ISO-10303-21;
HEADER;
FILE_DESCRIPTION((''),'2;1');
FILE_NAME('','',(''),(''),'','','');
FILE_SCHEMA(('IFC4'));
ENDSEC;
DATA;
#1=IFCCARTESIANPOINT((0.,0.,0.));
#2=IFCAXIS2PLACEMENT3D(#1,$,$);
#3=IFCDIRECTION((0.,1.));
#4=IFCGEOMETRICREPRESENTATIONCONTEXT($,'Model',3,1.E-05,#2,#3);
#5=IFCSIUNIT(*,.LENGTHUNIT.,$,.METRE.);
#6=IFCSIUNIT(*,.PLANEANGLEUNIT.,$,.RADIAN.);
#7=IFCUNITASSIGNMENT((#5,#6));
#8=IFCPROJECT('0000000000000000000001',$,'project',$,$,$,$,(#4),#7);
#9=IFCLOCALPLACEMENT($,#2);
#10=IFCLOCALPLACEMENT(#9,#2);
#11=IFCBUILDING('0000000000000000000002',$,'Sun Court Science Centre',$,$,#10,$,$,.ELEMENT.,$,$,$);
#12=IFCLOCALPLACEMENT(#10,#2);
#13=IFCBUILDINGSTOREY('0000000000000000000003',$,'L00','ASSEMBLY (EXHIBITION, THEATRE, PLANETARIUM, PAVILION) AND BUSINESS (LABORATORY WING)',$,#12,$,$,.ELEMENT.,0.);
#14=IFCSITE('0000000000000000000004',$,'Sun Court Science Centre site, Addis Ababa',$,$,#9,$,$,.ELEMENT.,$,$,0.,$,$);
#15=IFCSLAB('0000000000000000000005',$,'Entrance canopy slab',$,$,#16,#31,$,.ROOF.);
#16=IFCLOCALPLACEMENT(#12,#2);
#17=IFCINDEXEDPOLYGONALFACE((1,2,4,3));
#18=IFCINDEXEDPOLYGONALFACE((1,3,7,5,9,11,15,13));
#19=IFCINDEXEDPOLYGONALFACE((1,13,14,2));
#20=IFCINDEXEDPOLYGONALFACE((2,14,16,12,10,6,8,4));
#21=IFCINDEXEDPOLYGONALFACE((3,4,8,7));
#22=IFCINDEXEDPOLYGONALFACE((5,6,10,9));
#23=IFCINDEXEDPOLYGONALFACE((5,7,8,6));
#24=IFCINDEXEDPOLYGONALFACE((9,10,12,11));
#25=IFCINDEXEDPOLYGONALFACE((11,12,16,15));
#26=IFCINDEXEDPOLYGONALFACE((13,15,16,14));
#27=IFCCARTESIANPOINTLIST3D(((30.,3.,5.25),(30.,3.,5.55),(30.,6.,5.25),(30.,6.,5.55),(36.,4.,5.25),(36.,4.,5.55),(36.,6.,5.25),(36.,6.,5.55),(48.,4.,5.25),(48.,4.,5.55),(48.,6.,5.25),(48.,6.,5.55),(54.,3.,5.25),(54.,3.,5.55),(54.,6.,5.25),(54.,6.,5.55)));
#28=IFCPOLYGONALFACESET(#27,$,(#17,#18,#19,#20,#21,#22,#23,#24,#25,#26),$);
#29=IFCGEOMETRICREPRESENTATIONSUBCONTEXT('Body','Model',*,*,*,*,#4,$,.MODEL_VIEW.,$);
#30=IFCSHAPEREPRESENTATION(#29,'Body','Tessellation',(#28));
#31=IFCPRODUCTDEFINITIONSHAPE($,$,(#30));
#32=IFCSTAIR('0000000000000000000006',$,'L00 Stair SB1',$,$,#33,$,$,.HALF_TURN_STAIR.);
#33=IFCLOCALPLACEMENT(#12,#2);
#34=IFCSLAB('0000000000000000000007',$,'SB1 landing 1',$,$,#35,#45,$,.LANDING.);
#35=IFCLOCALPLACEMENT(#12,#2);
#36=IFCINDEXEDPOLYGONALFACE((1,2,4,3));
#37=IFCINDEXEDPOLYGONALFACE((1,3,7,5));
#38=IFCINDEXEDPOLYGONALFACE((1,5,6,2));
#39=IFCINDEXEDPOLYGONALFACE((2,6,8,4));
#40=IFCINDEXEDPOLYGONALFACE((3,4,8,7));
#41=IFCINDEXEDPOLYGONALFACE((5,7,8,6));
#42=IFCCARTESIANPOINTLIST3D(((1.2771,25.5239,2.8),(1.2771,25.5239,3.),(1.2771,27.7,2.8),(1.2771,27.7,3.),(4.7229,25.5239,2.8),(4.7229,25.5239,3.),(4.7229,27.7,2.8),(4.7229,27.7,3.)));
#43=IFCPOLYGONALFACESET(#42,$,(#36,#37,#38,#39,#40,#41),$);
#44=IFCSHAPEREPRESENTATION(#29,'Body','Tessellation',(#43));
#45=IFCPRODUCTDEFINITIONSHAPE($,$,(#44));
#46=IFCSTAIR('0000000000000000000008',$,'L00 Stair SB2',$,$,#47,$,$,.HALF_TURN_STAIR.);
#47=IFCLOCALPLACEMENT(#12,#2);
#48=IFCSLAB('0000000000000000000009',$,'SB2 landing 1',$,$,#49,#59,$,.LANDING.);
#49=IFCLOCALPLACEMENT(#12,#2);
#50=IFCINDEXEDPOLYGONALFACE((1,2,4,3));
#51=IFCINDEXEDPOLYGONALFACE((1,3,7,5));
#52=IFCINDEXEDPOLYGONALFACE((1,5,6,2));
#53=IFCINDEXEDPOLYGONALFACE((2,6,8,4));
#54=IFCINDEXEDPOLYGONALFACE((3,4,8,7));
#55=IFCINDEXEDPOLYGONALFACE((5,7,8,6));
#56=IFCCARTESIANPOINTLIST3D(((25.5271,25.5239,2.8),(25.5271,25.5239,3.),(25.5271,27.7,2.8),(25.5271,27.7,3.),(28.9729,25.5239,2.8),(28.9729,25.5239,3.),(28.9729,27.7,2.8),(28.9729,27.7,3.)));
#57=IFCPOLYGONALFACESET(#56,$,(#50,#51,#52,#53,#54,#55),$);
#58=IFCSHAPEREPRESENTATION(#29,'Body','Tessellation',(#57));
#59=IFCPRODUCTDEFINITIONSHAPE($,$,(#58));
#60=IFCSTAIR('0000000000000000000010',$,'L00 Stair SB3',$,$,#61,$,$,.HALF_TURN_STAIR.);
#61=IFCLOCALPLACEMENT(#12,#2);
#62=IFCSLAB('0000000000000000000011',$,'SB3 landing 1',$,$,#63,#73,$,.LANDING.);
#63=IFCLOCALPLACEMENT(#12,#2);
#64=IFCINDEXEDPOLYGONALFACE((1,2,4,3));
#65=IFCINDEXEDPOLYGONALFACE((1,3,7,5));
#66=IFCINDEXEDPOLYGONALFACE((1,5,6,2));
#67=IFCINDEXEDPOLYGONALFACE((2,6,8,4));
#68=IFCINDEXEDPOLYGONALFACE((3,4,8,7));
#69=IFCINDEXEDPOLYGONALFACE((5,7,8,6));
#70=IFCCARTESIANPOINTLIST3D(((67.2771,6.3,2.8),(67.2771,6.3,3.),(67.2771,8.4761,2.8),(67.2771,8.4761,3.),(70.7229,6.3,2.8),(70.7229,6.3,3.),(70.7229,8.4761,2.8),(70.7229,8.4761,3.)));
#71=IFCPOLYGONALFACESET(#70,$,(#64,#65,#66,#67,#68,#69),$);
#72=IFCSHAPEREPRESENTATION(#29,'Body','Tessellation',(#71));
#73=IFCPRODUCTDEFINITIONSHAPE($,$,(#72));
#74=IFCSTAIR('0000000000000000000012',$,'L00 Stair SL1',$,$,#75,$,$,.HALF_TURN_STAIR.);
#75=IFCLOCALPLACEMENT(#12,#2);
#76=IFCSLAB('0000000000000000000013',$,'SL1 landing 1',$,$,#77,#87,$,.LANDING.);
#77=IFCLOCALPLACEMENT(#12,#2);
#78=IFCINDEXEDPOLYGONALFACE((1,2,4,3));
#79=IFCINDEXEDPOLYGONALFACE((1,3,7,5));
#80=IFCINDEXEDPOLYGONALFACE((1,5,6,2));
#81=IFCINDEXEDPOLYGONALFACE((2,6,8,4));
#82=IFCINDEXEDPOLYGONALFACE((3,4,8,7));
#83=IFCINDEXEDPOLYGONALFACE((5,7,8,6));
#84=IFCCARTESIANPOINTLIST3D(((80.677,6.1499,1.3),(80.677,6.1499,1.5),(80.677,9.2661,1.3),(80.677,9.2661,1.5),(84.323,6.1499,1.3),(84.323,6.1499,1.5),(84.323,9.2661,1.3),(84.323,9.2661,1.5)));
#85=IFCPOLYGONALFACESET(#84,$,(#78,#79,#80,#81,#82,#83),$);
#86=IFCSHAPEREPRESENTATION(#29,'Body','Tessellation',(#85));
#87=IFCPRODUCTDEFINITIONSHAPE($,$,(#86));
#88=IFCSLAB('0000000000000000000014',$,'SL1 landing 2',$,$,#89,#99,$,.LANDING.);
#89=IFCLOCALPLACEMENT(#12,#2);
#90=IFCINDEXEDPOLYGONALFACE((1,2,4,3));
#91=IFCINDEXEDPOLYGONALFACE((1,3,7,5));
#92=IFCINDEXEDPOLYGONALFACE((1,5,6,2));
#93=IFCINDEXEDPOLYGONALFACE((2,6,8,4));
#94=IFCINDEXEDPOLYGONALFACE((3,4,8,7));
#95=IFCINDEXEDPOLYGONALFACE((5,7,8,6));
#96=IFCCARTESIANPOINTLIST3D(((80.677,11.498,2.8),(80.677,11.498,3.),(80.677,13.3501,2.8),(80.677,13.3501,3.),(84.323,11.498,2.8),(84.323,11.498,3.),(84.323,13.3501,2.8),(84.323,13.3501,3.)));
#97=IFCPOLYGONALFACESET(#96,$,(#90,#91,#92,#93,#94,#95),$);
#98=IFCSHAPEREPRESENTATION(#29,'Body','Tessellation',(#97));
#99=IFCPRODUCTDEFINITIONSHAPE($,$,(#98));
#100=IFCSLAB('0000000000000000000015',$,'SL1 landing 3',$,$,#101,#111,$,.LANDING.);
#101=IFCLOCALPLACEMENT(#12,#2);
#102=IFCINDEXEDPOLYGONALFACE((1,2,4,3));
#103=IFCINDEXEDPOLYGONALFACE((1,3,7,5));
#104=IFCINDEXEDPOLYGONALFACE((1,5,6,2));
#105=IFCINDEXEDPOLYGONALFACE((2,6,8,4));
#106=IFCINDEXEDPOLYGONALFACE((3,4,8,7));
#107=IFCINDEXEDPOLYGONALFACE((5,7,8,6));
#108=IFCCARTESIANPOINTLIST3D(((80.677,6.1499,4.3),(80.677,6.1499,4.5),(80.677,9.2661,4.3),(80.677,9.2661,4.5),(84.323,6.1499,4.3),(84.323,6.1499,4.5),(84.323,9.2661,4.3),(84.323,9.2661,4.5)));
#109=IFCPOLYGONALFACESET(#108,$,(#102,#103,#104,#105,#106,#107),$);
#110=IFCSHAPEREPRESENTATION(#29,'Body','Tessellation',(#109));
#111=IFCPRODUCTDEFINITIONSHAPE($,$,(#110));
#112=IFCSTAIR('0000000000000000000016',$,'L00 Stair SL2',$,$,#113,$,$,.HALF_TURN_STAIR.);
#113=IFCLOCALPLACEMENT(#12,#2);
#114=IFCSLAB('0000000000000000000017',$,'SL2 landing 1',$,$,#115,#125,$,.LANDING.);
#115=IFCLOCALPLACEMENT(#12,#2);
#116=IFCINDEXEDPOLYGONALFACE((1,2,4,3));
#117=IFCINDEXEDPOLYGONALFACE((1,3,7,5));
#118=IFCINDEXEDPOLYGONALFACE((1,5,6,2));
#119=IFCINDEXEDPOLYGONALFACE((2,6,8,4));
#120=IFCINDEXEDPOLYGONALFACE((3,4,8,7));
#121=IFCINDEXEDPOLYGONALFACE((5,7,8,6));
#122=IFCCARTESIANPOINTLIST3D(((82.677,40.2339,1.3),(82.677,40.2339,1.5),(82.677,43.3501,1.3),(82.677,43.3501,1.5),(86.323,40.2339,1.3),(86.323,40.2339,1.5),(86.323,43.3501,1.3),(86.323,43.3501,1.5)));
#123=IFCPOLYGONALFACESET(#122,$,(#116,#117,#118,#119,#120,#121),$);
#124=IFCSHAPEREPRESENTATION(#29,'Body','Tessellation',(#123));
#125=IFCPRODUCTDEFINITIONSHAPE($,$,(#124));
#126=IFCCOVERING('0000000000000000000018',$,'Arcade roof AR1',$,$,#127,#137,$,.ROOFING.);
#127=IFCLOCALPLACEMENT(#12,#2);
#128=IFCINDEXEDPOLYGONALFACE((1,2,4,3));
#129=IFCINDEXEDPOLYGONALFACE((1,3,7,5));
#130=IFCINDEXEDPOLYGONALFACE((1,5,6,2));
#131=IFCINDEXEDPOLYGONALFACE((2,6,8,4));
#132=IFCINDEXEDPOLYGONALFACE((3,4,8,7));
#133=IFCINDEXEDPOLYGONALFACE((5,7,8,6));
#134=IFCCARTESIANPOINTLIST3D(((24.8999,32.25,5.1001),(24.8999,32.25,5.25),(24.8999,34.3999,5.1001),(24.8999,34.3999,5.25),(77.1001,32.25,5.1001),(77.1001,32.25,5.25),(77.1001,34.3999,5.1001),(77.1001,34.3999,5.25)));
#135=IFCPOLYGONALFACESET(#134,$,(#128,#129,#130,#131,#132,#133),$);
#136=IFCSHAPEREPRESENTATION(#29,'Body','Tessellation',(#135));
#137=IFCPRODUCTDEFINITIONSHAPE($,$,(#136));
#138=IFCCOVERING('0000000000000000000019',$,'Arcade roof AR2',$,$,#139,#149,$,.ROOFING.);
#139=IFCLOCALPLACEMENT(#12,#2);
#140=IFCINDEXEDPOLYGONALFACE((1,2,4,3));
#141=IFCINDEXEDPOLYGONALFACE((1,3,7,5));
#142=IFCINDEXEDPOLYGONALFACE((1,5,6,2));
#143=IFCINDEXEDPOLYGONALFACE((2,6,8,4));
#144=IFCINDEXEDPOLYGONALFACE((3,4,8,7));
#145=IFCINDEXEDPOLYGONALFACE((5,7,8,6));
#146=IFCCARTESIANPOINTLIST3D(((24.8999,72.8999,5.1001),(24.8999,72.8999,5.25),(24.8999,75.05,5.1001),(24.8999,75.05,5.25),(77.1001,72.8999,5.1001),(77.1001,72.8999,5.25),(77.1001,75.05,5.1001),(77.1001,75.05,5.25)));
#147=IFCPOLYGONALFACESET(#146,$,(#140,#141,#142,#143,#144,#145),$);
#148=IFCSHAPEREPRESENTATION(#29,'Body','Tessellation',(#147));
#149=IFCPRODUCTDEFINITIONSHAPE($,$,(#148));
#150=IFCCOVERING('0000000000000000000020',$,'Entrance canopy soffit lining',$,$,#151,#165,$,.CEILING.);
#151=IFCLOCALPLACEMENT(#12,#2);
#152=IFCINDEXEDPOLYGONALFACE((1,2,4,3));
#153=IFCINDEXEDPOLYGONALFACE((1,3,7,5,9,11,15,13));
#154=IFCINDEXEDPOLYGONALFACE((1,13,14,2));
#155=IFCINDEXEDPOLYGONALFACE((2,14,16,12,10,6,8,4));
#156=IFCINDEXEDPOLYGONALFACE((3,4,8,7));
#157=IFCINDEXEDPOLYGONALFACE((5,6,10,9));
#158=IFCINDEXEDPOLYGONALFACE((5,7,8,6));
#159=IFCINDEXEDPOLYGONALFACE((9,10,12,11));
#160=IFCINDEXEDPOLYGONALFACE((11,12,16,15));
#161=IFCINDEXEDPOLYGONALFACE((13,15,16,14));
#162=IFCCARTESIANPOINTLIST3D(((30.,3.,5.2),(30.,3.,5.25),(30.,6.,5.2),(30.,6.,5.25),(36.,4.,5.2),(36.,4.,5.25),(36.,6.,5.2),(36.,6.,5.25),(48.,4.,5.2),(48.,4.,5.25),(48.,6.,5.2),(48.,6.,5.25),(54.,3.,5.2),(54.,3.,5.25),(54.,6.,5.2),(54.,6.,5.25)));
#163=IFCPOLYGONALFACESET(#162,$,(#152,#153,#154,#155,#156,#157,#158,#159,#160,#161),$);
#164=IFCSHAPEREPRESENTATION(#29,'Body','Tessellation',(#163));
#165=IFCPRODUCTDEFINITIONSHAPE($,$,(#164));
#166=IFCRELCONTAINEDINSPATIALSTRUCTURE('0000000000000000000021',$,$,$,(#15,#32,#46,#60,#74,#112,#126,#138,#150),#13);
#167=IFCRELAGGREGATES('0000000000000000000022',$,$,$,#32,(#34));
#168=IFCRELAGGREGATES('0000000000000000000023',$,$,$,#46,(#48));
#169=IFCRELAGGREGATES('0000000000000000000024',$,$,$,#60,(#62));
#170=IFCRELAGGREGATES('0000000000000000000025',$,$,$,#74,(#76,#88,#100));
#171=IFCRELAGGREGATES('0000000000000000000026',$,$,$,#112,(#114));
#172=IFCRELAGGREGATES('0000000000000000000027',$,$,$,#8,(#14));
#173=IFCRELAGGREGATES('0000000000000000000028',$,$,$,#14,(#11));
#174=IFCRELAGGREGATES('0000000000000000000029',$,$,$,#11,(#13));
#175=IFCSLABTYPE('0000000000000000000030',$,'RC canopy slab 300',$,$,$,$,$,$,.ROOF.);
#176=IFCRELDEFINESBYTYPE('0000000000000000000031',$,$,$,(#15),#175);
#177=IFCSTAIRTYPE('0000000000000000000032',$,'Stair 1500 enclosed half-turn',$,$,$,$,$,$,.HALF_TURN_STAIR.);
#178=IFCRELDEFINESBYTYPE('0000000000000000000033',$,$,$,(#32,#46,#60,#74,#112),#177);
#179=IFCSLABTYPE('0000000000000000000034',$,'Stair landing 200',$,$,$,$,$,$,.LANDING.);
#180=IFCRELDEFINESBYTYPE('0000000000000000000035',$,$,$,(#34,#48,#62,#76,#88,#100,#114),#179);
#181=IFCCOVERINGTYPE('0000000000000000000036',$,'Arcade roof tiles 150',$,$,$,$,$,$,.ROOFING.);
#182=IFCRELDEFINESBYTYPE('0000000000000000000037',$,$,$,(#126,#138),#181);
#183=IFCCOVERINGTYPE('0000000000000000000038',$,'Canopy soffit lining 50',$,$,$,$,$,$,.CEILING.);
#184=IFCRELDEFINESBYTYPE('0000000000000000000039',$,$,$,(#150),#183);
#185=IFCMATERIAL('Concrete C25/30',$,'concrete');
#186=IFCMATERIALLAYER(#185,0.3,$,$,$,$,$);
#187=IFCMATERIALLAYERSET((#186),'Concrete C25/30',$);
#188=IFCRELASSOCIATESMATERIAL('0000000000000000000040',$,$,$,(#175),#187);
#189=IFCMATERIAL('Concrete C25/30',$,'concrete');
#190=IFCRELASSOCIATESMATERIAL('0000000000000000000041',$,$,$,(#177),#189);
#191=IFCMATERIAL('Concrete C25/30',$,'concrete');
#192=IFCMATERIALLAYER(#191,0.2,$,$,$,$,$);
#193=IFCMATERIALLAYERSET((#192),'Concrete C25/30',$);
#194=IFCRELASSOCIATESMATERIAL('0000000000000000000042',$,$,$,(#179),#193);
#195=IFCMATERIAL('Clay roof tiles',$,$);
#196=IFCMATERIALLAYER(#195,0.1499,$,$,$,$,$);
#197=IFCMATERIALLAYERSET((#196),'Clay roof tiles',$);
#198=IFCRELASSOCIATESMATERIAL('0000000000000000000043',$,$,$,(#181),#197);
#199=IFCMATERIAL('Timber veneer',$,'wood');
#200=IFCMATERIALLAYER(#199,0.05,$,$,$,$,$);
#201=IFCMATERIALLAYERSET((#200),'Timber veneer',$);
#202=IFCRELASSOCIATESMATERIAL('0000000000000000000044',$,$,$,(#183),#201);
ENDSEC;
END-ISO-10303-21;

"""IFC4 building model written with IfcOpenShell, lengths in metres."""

from ifc_helpers import new_model, si_unit, direction, frame, origin, place, context, subcontext, project, spatial, polyline, outline, extrude, material, layer, layer_set, type_object, element, aggregate, save


model = new_model("IFC4")

# Units and contexts
model_context = context("Model", 3, precision=1e-05, world=origin(), true_north=direction((0.0, 1.0)))
body_context = subcontext(model_context, "Body", "Model", "MODEL_VIEW")
ifc_project = project(units=[si_unit("LENGTHUNIT", "METRE"), si_unit("PLANEANGLEUNIT", "RADIAN")], contexts=[model_context])

# Site, building, storey
site_placement = place(None, origin())
site = spatial("IfcSite", under=ifc_project, at=site_placement, Name="Sun Court Science Centre site, Addis Ababa", CompositionType="ELEMENT", RefElevation=0.0)
building_placement = place(site_placement, origin())
building = spatial("IfcBuilding", under=site, at=building_placement, Name="Sun Court Science Centre", CompositionType="ELEMENT")
storey_placement = place(building_placement, origin())
storey = spatial("IfcBuildingStorey", under=building, at=storey_placement, Name="L00", Description="ASSEMBLY (EXHIBITION, THEATRE, PLANETARIUM, PAVILION) AND BUSINESS (LABORATORY WING)", CompositionType="ELEMENT", Elevation=0.0)

# Slab
ifc_material_1 = material(Name="Concrete C25/30", Category="concrete")
ifc_layer_1 = layer(ifc_material_1, 0.3)
ifc_layer_set_1 = layer_set([ifc_layer_1], Name="Concrete C25/30")
slab_type_1 = type_object("IfcSlabType", Name="RC canopy slab 300", PredefinedType="ROOF", material=ifc_layer_set_1)
slab_1_placement = place(storey_placement, frame((0.0, 0.0, 5.25)))
element("IfcSlab", 1, at=slab_1_placement, inside=storey, type_object=slab_type_1, Name="Entrance canopy slab", PredefinedType="ROOF", context=body_context, shape_type="SweptSolid", body=[
    extrude(outline(polyline([(54.0, 6.0), (48.0, 6.0), (48.0, 4.0), (36.0, 4.0), (36.0, 6.0), (30.0, 6.0), (30.0, 3.0), (54.0, 3.0), (54.0, 6.0)])), origin(), (0.0, 0.0, 1.0), 0.3),
])

# Stairs, slabs
ifc_material_2 = material(Name="Concrete C25/30", Category="concrete")
stair_type = type_object("IfcStairType", Name="Stair 1500 enclosed half-turn", PredefinedType="HALF_TURN_STAIR", material=ifc_material_2)
stair_1_placement = place(storey_placement, origin())
stair_1 = element("IfcStair", 2, at=stair_1_placement, inside=storey, type_object=stair_type, Name="L00 Stair SB1", PredefinedType="HALF_TURN_STAIR")
ifc_material_3 = material(Name="Concrete C25/30", Category="concrete")
ifc_layer_2 = layer(ifc_material_3, 0.2)
ifc_layer_set_2 = layer_set([ifc_layer_2], Name="Concrete C25/30")
slab_type_2 = type_object("IfcSlabType", Name="Stair landing 200", PredefinedType="LANDING", material=ifc_layer_set_2)
slab_2_placement = place(storey_placement, frame((0.0, 0.0, 2.8)))
slab_2 = element("IfcSlab", 3, at=slab_2_placement, type_object=slab_type_2, Name="SB1 landing 1", PredefinedType="LANDING", context=body_context, shape_type="SweptSolid", body=[
    extrude(outline(polyline([(4.7229, 25.5239), (4.7229, 27.7), (1.2771, 27.7), (1.2771, 25.5239), (4.7229, 25.5239)])), origin(), (0.0, 0.0, 1.0), 0.2),
])
aggregate(stair_1, [slab_2])
stair_2_placement = place(storey_placement, origin())
stair_2 = element("IfcStair", 4, at=stair_2_placement, inside=storey, type_object=stair_type, Name="L00 Stair SB2", PredefinedType="HALF_TURN_STAIR")
slab_3_placement = place(storey_placement, frame((0.0, 0.0, 2.8)))
slab_3 = element("IfcSlab", 5, at=slab_3_placement, type_object=slab_type_2, Name="SB2 landing 1", PredefinedType="LANDING", context=body_context, shape_type="SweptSolid", body=[
    extrude(outline(polyline([(28.9729, 25.5239), (28.9729, 27.7), (25.5271, 27.7), (25.5271, 25.5239), (28.9729, 25.5239)])), origin(), (0.0, 0.0, 1.0), 0.2),
])
aggregate(stair_2, [slab_3])
stair_3_placement = place(storey_placement, origin())
stair_3 = element("IfcStair", 6, at=stair_3_placement, inside=storey, type_object=stair_type, Name="L00 Stair SB3", PredefinedType="HALF_TURN_STAIR")
slab_4_placement = place(storey_placement, frame((0.0, 0.0, 2.8)))
slab_4 = element("IfcSlab", 7, at=slab_4_placement, type_object=slab_type_2, Name="SB3 landing 1", PredefinedType="LANDING", context=body_context, shape_type="SweptSolid", body=[
    extrude(outline(polyline([(67.2771, 8.4761), (67.2771, 6.3), (70.7229, 6.3), (70.7229, 8.4761), (67.2771, 8.4761)])), origin(), (0.0, 0.0, 1.0), 0.2),
])
aggregate(stair_3, [slab_4])

# Stair, slabs
stair_4_placement = place(storey_placement, origin())
stair_4 = element("IfcStair", 8, at=stair_4_placement, inside=storey, type_object=stair_type, Name="L00 Stair SL1", PredefinedType="HALF_TURN_STAIR")
slab_5_placement = place(storey_placement, frame((0.0, 0.0, 1.3)))
slab_5 = element("IfcSlab", 9, at=slab_5_placement, type_object=slab_type_2, Name="SL1 landing 1", PredefinedType="LANDING", context=body_context, shape_type="SweptSolid", body=[
    extrude(outline(polyline([(80.677, 9.2661), (80.677, 6.1499), (84.323, 6.1499), (84.323, 9.2661), (80.677, 9.2661)])), origin(), (0.0, 0.0, 1.0), 0.2),
])
slab_6_placement = place(storey_placement, frame((0.0, 0.0, 2.8)))
slab_6 = element("IfcSlab", 10, at=slab_6_placement, type_object=slab_type_2, Name="SL1 landing 2", PredefinedType="LANDING", context=body_context, shape_type="SweptSolid", body=[
    extrude(outline(polyline([(80.677, 13.3501), (80.677, 11.498), (84.323, 11.498), (84.323, 13.3501), (80.677, 13.3501)])), origin(), (0.0, 0.0, 1.0), 0.2),
])
slab_7_placement = place(storey_placement, frame((0.0, 0.0, 4.3)))
slab_7 = element("IfcSlab", 11, at=slab_7_placement, type_object=slab_type_2, Name="SL1 landing 3", PredefinedType="LANDING", context=body_context, shape_type="SweptSolid", body=[
    extrude(outline(polyline([(80.677, 9.2661), (80.677, 6.1499), (84.323, 6.1499), (84.323, 9.2661), (80.677, 9.2661)])), origin(), (0.0, 0.0, 1.0), 0.2),
])
aggregate(stair_4, [slab_5, slab_6, slab_7])

# Stair, slab
stair_5_placement = place(storey_placement, origin())
stair_5 = element("IfcStair", 12, at=stair_5_placement, inside=storey, type_object=stair_type, Name="L00 Stair SL2", PredefinedType="HALF_TURN_STAIR")
slab_8_placement = place(storey_placement, frame((0.0, 0.0, 1.3)))
slab_8 = element("IfcSlab", 13, at=slab_8_placement, type_object=slab_type_2, Name="SL2 landing 1", PredefinedType="LANDING", context=body_context, shape_type="SweptSolid", body=[
    extrude(outline(polyline([(86.323, 40.2339), (86.323, 43.3501), (82.677, 43.3501), (82.677, 40.2339), (86.323, 40.2339)])), origin(), (0.0, 0.0, 1.0), 0.2),
])
aggregate(stair_5, [slab_8])

# Coverings
ifc_material_4 = material(Name="Clay roof tiles")
ifc_layer_3 = layer(ifc_material_4, 0.1499)
ifc_layer_set_3 = layer_set([ifc_layer_3], Name="Clay roof tiles")
covering_type_1 = type_object("IfcCoveringType", Name="Arcade roof tiles 150", PredefinedType="ROOFING", material=ifc_layer_set_3)
covering_1_placement = place(storey_placement, frame((0.0, 0.0, 5.1001)))
element("IfcCovering", 14, at=covering_1_placement, inside=storey, type_object=covering_type_1, Name="Arcade roof AR1", PredefinedType="ROOFING", context=body_context, shape_type="SweptSolid", body=[
    extrude(outline(polyline([(24.8999, 32.25), (77.1001, 32.25), (77.1001, 34.3999), (24.8999, 34.3999), (24.8999, 32.25)])), origin(), (0.0, 0.0, 1.0), 0.1499),
])
covering_2_placement = place(storey_placement, frame((0.0, 0.0, 5.1001)))
element("IfcCovering", 15, at=covering_2_placement, inside=storey, type_object=covering_type_1, Name="Arcade roof AR2", PredefinedType="ROOFING", context=body_context, shape_type="SweptSolid", body=[
    extrude(outline(polyline([(24.8999, 72.8999), (77.1001, 72.8999), (77.1001, 75.05), (24.8999, 75.05), (24.8999, 72.8999)])), origin(), (0.0, 0.0, 1.0), 0.1499),
])
ifc_material_5 = material(Name="Timber veneer", Category="wood")
ifc_layer_4 = layer(ifc_material_5, 0.05)
ifc_layer_set_4 = layer_set([ifc_layer_4], Name="Timber veneer")
covering_type_2 = type_object("IfcCoveringType", Name="Canopy soffit lining 50", PredefinedType="CEILING", material=ifc_layer_set_4)
covering_3_placement = place(storey_placement, frame((0.0, 0.0, 5.2)))
element("IfcCovering", 16, at=covering_3_placement, inside=storey, type_object=covering_type_2, Name="Entrance canopy soffit lining", PredefinedType="CEILING", context=body_context, shape_type="SweptSolid", body=[
    extrude(outline(polyline([(54.0, 6.0), (48.0, 6.0), (48.0, 4.0), (36.0, 4.0), (36.0, 6.0), (30.0, 6.0), (30.0, 3.0), (54.0, 3.0), (54.0, 6.0)])), origin(), (0.0, 0.0, 1.0), 0.05),
])

save(model, "model.ifc")
